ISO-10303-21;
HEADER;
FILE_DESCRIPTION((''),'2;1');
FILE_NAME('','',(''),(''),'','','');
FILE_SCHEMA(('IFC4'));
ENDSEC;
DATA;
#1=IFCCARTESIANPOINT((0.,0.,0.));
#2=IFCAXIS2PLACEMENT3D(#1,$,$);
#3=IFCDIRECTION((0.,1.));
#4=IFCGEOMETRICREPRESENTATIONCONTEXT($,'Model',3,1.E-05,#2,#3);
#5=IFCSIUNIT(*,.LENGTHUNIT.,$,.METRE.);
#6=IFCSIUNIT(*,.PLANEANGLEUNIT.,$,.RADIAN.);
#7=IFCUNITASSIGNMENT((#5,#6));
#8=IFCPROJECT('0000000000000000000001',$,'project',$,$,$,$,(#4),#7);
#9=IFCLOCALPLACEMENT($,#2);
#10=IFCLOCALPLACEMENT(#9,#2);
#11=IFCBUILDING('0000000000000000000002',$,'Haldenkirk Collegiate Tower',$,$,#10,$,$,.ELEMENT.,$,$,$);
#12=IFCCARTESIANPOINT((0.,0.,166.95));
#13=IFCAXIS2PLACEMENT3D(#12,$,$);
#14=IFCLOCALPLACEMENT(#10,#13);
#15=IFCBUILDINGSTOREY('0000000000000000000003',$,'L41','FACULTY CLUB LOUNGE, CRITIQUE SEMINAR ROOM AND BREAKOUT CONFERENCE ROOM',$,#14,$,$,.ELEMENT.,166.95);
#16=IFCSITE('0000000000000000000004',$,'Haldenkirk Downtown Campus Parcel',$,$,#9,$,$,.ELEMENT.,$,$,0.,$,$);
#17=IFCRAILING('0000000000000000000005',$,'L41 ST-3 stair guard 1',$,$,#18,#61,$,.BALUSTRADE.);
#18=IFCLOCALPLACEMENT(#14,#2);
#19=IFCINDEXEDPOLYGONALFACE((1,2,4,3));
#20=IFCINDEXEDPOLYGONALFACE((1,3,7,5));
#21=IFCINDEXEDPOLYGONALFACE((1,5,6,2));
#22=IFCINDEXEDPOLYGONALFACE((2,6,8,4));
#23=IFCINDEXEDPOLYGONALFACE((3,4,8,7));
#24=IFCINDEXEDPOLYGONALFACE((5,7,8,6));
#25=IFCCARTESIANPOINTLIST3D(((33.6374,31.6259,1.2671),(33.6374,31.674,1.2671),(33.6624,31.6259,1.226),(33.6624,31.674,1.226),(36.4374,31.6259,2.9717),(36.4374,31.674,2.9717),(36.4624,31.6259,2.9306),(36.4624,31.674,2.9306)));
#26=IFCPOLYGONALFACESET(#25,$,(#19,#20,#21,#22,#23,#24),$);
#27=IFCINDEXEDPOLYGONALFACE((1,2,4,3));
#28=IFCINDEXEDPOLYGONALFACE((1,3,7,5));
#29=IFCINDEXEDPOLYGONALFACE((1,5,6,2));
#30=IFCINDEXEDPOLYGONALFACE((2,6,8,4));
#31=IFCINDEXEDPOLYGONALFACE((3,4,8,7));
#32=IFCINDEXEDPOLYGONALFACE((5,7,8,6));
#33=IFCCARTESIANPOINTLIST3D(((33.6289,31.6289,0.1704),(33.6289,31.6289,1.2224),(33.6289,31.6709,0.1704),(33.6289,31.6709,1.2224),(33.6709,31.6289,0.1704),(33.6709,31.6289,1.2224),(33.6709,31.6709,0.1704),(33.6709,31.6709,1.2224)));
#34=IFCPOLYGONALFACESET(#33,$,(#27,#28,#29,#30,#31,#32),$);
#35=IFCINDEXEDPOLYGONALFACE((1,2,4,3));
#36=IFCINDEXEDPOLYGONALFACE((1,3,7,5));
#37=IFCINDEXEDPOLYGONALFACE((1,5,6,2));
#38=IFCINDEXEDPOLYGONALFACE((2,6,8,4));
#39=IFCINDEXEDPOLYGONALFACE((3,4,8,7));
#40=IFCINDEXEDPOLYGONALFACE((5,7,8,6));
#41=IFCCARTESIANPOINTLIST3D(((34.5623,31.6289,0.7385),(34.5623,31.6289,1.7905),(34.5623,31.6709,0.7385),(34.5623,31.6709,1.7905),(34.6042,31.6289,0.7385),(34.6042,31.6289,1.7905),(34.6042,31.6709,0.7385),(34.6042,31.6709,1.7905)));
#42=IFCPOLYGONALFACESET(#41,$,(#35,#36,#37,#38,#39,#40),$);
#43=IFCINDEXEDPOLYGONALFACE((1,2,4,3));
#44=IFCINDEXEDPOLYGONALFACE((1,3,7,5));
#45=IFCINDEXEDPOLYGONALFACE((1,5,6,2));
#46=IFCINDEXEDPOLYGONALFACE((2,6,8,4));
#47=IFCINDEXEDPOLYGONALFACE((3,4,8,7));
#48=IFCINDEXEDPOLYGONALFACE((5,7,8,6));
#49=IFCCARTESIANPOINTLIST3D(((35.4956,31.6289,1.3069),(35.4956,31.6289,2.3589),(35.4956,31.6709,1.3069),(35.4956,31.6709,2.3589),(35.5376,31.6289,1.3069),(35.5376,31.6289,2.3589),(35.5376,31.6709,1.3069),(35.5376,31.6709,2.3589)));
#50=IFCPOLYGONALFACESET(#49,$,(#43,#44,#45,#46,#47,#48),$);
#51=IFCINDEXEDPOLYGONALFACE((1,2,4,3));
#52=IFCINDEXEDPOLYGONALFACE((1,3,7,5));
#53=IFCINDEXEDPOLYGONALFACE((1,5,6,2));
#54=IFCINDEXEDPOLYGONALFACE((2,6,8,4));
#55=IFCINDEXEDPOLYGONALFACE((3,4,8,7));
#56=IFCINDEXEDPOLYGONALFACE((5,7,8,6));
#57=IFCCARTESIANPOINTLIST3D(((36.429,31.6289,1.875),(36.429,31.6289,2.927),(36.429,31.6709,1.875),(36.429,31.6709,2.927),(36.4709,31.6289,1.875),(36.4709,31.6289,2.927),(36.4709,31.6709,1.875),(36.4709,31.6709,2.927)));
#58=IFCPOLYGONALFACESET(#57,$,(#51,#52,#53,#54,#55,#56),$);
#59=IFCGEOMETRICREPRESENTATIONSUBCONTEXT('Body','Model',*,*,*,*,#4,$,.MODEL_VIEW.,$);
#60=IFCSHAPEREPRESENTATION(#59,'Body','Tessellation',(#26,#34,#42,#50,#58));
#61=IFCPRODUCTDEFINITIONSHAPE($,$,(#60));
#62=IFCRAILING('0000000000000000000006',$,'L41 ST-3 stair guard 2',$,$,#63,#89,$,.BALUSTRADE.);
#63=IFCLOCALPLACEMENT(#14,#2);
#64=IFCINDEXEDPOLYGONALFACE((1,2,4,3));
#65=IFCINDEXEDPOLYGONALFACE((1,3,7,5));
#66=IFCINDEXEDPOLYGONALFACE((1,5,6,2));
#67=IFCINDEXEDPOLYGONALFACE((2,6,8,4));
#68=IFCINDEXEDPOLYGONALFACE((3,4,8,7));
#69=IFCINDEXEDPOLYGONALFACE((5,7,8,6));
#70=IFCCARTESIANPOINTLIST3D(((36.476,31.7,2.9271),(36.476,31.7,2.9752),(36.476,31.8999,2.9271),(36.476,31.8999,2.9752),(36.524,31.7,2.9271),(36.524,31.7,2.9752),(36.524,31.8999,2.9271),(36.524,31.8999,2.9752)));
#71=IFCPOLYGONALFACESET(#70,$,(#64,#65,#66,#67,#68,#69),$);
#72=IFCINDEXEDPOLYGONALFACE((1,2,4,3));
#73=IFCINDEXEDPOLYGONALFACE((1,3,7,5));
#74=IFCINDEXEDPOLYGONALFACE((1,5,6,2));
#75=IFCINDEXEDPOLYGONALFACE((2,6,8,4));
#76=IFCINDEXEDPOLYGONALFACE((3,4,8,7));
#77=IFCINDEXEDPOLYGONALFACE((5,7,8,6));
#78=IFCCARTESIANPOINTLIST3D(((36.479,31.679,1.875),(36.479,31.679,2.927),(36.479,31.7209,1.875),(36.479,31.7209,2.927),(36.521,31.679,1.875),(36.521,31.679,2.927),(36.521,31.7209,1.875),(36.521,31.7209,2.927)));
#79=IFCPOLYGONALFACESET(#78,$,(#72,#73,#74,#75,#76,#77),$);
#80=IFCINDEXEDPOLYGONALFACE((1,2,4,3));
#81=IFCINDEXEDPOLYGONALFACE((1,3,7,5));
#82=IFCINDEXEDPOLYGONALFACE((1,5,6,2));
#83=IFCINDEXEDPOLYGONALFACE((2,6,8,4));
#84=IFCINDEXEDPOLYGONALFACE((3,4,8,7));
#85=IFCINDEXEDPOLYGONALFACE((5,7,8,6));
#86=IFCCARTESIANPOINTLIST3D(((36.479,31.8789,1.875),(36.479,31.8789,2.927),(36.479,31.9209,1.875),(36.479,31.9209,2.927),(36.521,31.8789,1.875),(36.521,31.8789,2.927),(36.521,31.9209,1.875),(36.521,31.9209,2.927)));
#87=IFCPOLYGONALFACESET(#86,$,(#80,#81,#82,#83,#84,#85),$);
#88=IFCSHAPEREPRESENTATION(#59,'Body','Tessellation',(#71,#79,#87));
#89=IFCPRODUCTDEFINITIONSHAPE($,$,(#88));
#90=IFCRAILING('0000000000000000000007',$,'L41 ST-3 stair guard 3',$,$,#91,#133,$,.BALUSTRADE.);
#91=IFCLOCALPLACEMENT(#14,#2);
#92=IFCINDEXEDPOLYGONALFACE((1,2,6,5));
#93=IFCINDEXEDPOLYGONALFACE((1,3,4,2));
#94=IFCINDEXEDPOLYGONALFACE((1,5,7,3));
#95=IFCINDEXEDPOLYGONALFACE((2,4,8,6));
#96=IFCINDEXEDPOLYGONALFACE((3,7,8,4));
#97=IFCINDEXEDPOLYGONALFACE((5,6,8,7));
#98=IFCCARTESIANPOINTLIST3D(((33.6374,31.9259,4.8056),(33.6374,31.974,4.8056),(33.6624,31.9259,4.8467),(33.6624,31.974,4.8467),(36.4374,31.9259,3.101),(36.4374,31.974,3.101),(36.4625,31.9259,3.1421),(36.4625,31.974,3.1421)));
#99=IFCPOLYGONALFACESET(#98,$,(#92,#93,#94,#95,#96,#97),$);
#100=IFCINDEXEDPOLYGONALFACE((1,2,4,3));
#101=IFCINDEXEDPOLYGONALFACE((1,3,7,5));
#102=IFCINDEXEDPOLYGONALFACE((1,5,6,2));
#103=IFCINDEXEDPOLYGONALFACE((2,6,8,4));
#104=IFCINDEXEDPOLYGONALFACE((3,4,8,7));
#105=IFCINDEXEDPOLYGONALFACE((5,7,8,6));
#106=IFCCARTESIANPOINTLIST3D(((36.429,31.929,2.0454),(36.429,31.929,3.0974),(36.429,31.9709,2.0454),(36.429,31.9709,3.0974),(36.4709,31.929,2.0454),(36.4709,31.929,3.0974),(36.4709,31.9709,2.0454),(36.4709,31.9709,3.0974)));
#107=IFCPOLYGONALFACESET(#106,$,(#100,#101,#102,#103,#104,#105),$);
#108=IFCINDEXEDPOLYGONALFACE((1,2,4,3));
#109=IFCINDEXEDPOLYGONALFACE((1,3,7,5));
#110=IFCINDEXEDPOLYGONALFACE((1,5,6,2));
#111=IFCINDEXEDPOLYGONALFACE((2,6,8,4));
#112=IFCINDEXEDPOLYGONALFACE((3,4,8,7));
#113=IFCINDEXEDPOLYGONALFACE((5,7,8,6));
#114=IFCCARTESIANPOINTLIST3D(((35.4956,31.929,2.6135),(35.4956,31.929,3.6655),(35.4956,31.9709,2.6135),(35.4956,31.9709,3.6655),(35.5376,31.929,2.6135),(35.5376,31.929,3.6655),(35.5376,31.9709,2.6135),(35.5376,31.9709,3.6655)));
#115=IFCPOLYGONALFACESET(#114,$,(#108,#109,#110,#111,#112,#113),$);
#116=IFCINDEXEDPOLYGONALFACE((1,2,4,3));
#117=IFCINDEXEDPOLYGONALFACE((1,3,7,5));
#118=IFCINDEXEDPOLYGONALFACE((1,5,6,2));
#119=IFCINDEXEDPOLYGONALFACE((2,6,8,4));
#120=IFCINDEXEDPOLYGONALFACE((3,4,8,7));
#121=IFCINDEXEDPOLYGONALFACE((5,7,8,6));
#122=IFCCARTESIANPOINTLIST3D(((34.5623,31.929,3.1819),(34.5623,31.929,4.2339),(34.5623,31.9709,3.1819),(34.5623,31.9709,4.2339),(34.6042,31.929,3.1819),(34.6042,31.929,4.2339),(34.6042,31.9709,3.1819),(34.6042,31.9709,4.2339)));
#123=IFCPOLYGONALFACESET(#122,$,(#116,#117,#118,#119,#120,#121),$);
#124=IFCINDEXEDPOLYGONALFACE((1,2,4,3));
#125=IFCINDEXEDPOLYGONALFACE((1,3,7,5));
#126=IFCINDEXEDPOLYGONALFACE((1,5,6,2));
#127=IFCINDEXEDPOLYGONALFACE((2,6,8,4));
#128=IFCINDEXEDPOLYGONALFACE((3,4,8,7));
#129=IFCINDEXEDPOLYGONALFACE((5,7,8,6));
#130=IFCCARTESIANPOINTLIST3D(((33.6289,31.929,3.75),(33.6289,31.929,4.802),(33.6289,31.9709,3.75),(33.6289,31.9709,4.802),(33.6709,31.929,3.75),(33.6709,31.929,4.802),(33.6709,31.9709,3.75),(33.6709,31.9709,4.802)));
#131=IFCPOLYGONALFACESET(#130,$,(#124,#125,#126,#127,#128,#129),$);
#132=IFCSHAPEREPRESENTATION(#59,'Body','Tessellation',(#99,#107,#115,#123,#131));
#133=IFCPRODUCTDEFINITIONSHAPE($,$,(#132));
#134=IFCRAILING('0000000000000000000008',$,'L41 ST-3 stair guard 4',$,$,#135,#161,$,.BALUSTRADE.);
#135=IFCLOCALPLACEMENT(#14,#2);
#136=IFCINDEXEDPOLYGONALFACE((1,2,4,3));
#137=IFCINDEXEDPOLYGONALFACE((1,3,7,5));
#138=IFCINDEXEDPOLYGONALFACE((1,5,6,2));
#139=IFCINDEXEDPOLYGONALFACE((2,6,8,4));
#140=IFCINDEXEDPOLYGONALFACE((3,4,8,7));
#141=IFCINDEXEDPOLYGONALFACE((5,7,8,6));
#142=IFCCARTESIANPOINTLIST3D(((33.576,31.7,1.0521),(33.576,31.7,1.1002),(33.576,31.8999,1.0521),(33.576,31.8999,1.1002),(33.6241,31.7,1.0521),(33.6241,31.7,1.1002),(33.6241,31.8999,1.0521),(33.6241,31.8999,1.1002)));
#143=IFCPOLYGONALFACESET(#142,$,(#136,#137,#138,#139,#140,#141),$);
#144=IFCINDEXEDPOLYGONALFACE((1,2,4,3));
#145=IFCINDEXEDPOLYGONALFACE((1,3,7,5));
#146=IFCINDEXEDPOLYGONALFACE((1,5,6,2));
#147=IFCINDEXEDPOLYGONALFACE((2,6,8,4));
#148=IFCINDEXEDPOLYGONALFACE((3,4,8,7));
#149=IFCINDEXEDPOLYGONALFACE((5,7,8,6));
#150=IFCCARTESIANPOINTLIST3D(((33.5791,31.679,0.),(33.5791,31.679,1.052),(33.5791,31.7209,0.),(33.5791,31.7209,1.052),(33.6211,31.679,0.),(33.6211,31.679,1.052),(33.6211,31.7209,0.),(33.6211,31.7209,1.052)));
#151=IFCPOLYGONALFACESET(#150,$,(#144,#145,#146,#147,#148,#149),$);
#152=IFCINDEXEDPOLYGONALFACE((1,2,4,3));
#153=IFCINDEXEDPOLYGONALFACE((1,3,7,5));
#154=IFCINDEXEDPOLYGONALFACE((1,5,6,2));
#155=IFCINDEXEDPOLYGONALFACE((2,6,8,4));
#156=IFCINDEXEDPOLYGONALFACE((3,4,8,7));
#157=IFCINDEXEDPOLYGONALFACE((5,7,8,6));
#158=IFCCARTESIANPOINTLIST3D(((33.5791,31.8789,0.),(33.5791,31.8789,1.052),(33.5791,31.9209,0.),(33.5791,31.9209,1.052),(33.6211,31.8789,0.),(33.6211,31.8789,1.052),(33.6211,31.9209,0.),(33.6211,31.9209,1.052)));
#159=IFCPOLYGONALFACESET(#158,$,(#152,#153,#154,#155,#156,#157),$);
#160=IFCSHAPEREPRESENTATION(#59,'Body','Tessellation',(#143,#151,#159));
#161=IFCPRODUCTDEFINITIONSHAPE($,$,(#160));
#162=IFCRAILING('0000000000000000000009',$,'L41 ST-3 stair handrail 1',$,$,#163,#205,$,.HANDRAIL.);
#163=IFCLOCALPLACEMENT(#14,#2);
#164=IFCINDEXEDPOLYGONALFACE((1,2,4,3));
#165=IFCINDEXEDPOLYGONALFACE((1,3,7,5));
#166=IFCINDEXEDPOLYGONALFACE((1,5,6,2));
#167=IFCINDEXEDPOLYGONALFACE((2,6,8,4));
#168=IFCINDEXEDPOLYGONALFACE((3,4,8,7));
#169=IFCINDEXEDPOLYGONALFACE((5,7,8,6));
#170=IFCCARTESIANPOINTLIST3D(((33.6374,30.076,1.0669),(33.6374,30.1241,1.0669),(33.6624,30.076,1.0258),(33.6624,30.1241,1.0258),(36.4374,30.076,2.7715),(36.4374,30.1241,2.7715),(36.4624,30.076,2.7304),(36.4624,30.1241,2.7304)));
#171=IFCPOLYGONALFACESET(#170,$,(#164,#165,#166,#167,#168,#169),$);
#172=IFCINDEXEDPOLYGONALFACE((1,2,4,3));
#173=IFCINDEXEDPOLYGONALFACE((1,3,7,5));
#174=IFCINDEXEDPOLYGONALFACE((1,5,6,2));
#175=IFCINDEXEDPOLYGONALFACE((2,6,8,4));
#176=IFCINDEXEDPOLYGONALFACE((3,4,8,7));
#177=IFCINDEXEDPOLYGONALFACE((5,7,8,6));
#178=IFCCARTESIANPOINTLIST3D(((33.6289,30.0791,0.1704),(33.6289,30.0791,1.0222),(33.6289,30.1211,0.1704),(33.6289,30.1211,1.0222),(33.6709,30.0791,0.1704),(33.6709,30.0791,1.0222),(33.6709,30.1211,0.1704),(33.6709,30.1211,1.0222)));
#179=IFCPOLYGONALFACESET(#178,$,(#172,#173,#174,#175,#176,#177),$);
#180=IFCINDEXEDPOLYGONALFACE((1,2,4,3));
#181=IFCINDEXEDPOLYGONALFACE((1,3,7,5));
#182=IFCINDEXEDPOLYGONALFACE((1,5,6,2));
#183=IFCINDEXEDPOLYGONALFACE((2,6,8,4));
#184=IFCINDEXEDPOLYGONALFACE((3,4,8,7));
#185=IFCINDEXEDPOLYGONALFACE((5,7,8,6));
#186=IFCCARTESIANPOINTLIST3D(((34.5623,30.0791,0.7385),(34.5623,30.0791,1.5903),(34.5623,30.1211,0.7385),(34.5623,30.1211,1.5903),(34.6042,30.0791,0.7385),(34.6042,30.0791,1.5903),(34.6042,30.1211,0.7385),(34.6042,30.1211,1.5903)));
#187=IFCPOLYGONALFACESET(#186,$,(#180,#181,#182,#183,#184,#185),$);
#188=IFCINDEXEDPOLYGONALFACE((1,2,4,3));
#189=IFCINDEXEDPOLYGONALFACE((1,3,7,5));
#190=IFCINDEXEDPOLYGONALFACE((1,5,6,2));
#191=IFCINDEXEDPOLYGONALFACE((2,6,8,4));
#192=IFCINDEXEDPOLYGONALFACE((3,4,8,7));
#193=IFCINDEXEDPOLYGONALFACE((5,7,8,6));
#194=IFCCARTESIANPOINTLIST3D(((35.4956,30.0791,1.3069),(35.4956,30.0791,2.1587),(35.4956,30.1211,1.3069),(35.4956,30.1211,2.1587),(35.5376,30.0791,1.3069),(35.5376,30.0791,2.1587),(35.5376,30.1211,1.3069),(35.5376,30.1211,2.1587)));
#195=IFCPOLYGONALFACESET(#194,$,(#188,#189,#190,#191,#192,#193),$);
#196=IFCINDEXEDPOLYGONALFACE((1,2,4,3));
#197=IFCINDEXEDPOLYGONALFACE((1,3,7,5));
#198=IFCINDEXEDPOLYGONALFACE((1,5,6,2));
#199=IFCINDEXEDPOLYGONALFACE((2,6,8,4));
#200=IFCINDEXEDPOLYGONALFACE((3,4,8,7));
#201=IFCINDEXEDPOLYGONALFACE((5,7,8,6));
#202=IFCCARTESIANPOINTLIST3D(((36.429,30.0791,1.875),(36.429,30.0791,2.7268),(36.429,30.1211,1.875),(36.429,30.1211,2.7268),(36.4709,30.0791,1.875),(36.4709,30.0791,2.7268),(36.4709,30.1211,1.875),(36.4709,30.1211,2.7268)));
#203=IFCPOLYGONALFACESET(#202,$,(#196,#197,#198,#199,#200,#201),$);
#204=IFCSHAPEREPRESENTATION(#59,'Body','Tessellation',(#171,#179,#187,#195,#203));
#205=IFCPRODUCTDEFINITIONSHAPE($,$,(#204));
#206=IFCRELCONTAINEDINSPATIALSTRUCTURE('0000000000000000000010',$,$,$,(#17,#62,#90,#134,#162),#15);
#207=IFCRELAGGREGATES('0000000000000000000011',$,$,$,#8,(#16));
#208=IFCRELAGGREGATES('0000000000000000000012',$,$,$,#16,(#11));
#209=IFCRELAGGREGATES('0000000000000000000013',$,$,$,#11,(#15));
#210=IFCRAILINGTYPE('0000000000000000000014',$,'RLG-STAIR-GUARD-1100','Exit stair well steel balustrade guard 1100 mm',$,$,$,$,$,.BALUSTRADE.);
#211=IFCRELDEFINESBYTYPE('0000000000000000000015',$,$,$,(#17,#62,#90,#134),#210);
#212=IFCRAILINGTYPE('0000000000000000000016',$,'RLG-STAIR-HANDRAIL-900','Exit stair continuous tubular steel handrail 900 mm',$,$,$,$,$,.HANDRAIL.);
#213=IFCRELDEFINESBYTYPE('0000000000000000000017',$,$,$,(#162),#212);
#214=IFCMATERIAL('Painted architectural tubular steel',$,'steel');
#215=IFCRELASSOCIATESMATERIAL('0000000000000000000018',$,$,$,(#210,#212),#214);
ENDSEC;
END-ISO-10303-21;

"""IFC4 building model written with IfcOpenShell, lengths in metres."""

from ifc_helpers import new_model, si_unit, direction, frame, origin, origin_2d, place, context, subcontext, project, spatial, rectangle, extrude, material, type_object, element, save


model = new_model("IFC4")

# Units and contexts
model_context = context("Model", 3, precision=1e-05, world=origin(), true_north=direction((0.0, 1.0)))
body_context = subcontext(model_context, "Body", "Model", "MODEL_VIEW")
ifc_project = project(units=[si_unit("LENGTHUNIT", "METRE"), si_unit("PLANEANGLEUNIT", "RADIAN")], contexts=[model_context])

# Site, building, storey
site_placement = place(None, origin())
site = spatial("IfcSite", under=ifc_project, at=site_placement, Name="Haldenkirk Downtown Campus Parcel", CompositionType="ELEMENT", RefElevation=0.0)
building_placement = place(site_placement, origin())
building = spatial("IfcBuilding", under=site, at=building_placement, Name="Haldenkirk Collegiate Tower", CompositionType="ELEMENT")
storey_placement = place(building_placement, frame((0.0, 0.0, 166.95)))
storey = spatial("IfcBuildingStorey", under=building, at=storey_placement, Name="L41", Description="FACULTY CLUB LOUNGE, CRITIQUE SEMINAR ROOM AND BREAKOUT CONFERENCE ROOM", CompositionType="ELEMENT", Elevation=166.95)

# Railings
ifc_material_1 = material(Name="Painted architectural tubular steel", Category="steel")
railing_type_1 = type_object("IfcRailingType", Name="RLG-STAIR-GUARD-1100", Description="Exit stair well steel balustrade guard 1100 mm", PredefinedType="BALUSTRADE", material=ifc_material_1)
railing_1_placement = place(storey_placement, frame((33.6499, 31.6499, 0.1704)))
element("IfcRailing", 1, at=railing_1_placement, inside=storey, type_object=railing_type_1, Name="L41 ST-3 stair guard 1", PredefinedType="BALUSTRADE", context=body_context, shape_type="SweptSolid", body=[
    extrude(rectangle(XDim=0.0481, YDim=0.0481, at=origin_2d()), frame((0.0, 0.0, 1.0762), z_axis=(0.85417, 0.0, 0.519994), x_axis=(0.0, 1.0, 0.0)), (0.0, 0.0, 1.0), 3.2781),
    extrude(rectangle(XDim=0.042, YDim=0.042, at=origin_2d()), origin(), (0.0, 0.0, 1.0), 1.052),
    extrude(rectangle(XDim=0.042, YDim=0.042, at=origin_2d()), frame((0.9333, 0.0, 0.5681)), (0.0, 0.0, 1.0), 1.052),
    extrude(rectangle(XDim=0.042, YDim=0.042, at=origin_2d()), frame((1.8667, 0.0, 1.1365)), (0.0, 0.0, 1.0), 1.052),
    extrude(rectangle(XDim=0.042, YDim=0.042, at=origin_2d()), frame((2.8, 0.0, 1.7046)), (0.0, 0.0, 1.0), 1.052),
])
railing_2_placement = place(storey_placement, frame((36.5, 31.7, 1.875)))
element("IfcRailing", 2, at=railing_2_placement, inside=storey, type_object=railing_type_1, Name="L41 ST-3 stair guard 2", PredefinedType="BALUSTRADE", context=body_context, shape_type="SweptSolid", body=[
    extrude(rectangle(XDim=0.0481, YDim=0.0481, at=origin_2d()), frame((0.0, 0.0, 1.0762), z_axis=(0.0, 1.0, 0.0), x_axis=(-1.0, 0.0, 0.0)), (0.0, 0.0, 1.0), 0.2),
    extrude(rectangle(XDim=0.042, YDim=0.042, at=origin_2d()), origin(), (0.0, 0.0, 1.0), 1.052),
    extrude(rectangle(XDim=0.042, YDim=0.042, at=origin_2d()), frame((0.0, 0.2, 0.0)), (0.0, 0.0, 1.0), 1.052),
])
railing_3_placement = place(storey_placement, frame((36.45, 31.95, 2.0454)))
element("IfcRailing", 3, at=railing_3_placement, inside=storey, type_object=railing_type_1, Name="L41 ST-3 stair guard 3", PredefinedType="BALUSTRADE", context=body_context, shape_type="SweptSolid", body=[
    extrude(rectangle(XDim=0.0481, YDim=0.0481, at=origin_2d()), frame((0.0, 0.0, 1.0762), z_axis=(-0.85417, 0.0, 0.519994), x_axis=(0.0, -1.0, 0.0)), (0.0, 0.0, 1.0), 3.2781),
    extrude(rectangle(XDim=0.042, YDim=0.042, at=origin_2d()), origin(), (0.0, 0.0, 1.0), 1.052),
    extrude(rectangle(XDim=0.042, YDim=0.042, at=origin_2d()), frame((-0.9333, 0.0, 0.5681)), (0.0, 0.0, 1.0), 1.052),
    extrude(rectangle(XDim=0.042, YDim=0.042, at=origin_2d()), frame((-1.8667, 0.0, 1.1365)), (0.0, 0.0, 1.0), 1.052),
    extrude(rectangle(XDim=0.042, YDim=0.042, at=origin_2d()), frame((-2.8, 0.0, 1.7046)), (0.0, 0.0, 1.0), 1.052),
])
railing_4_placement = place(storey_placement, frame((33.6001, 31.7, 0.0)))
element("IfcRailing", 4, at=railing_4_placement, inside=storey, type_object=railing_type_1, Name="L41 ST-3 stair guard 4", PredefinedType="BALUSTRADE", context=body_context, shape_type="SweptSolid", body=[
    extrude(rectangle(XDim=0.0481, YDim=0.0481, at=origin_2d()), frame((0.0, 0.0, 1.0762), z_axis=(0.0, 1.0, 0.0), x_axis=(-1.0, 0.0, 0.0)), (0.0, 0.0, 1.0), 0.2),
    extrude(rectangle(XDim=0.042, YDim=0.042, at=origin_2d()), origin(), (0.0, 0.0, 1.0), 1.052),
    extrude(rectangle(XDim=0.042, YDim=0.042, at=origin_2d()), frame((0.0, 0.2, 0.0)), (0.0, 0.0, 1.0), 1.052),
])
railing_type_2 = type_object("IfcRailingType", Name="RLG-STAIR-HANDRAIL-900", Description="Exit stair continuous tubular steel handrail 900 mm", PredefinedType="HANDRAIL", material=ifc_material_1)
railing_5_placement = place(storey_placement, frame((33.6499, 30.1001, 0.1704)))
element("IfcRailing", 5, at=railing_5_placement, inside=storey, type_object=railing_type_2, Name="L41 ST-3 stair handrail 1", PredefinedType="HANDRAIL", context=body_context, shape_type="SweptSolid", body=[
    extrude(rectangle(XDim=0.0481, YDim=0.0481, at=origin_2d()), frame((0.0, 0.0, 0.876), z_axis=(0.85417, 0.0, 0.519994), x_axis=(0.0, 1.0, 0.0)), (0.0, 0.0, 1.0), 3.2781),
    extrude(rectangle(XDim=0.042, YDim=0.042, at=origin_2d()), origin(), (0.0, 0.0, 1.0), 0.8518),
    extrude(rectangle(XDim=0.042, YDim=0.042, at=origin_2d()), frame((0.9333, 0.0, 0.5681)), (0.0, 0.0, 1.0), 0.8518),
    extrude(rectangle(XDim=0.042, YDim=0.042, at=origin_2d()), frame((1.8667, 0.0, 1.1365)), (0.0, 0.0, 1.0), 0.8518),
    extrude(rectangle(XDim=0.042, YDim=0.042, at=origin_2d()), frame((2.8, 0.0, 1.7046)), (0.0, 0.0, 1.0), 0.8518),
])

save(model, "model.ifc")
